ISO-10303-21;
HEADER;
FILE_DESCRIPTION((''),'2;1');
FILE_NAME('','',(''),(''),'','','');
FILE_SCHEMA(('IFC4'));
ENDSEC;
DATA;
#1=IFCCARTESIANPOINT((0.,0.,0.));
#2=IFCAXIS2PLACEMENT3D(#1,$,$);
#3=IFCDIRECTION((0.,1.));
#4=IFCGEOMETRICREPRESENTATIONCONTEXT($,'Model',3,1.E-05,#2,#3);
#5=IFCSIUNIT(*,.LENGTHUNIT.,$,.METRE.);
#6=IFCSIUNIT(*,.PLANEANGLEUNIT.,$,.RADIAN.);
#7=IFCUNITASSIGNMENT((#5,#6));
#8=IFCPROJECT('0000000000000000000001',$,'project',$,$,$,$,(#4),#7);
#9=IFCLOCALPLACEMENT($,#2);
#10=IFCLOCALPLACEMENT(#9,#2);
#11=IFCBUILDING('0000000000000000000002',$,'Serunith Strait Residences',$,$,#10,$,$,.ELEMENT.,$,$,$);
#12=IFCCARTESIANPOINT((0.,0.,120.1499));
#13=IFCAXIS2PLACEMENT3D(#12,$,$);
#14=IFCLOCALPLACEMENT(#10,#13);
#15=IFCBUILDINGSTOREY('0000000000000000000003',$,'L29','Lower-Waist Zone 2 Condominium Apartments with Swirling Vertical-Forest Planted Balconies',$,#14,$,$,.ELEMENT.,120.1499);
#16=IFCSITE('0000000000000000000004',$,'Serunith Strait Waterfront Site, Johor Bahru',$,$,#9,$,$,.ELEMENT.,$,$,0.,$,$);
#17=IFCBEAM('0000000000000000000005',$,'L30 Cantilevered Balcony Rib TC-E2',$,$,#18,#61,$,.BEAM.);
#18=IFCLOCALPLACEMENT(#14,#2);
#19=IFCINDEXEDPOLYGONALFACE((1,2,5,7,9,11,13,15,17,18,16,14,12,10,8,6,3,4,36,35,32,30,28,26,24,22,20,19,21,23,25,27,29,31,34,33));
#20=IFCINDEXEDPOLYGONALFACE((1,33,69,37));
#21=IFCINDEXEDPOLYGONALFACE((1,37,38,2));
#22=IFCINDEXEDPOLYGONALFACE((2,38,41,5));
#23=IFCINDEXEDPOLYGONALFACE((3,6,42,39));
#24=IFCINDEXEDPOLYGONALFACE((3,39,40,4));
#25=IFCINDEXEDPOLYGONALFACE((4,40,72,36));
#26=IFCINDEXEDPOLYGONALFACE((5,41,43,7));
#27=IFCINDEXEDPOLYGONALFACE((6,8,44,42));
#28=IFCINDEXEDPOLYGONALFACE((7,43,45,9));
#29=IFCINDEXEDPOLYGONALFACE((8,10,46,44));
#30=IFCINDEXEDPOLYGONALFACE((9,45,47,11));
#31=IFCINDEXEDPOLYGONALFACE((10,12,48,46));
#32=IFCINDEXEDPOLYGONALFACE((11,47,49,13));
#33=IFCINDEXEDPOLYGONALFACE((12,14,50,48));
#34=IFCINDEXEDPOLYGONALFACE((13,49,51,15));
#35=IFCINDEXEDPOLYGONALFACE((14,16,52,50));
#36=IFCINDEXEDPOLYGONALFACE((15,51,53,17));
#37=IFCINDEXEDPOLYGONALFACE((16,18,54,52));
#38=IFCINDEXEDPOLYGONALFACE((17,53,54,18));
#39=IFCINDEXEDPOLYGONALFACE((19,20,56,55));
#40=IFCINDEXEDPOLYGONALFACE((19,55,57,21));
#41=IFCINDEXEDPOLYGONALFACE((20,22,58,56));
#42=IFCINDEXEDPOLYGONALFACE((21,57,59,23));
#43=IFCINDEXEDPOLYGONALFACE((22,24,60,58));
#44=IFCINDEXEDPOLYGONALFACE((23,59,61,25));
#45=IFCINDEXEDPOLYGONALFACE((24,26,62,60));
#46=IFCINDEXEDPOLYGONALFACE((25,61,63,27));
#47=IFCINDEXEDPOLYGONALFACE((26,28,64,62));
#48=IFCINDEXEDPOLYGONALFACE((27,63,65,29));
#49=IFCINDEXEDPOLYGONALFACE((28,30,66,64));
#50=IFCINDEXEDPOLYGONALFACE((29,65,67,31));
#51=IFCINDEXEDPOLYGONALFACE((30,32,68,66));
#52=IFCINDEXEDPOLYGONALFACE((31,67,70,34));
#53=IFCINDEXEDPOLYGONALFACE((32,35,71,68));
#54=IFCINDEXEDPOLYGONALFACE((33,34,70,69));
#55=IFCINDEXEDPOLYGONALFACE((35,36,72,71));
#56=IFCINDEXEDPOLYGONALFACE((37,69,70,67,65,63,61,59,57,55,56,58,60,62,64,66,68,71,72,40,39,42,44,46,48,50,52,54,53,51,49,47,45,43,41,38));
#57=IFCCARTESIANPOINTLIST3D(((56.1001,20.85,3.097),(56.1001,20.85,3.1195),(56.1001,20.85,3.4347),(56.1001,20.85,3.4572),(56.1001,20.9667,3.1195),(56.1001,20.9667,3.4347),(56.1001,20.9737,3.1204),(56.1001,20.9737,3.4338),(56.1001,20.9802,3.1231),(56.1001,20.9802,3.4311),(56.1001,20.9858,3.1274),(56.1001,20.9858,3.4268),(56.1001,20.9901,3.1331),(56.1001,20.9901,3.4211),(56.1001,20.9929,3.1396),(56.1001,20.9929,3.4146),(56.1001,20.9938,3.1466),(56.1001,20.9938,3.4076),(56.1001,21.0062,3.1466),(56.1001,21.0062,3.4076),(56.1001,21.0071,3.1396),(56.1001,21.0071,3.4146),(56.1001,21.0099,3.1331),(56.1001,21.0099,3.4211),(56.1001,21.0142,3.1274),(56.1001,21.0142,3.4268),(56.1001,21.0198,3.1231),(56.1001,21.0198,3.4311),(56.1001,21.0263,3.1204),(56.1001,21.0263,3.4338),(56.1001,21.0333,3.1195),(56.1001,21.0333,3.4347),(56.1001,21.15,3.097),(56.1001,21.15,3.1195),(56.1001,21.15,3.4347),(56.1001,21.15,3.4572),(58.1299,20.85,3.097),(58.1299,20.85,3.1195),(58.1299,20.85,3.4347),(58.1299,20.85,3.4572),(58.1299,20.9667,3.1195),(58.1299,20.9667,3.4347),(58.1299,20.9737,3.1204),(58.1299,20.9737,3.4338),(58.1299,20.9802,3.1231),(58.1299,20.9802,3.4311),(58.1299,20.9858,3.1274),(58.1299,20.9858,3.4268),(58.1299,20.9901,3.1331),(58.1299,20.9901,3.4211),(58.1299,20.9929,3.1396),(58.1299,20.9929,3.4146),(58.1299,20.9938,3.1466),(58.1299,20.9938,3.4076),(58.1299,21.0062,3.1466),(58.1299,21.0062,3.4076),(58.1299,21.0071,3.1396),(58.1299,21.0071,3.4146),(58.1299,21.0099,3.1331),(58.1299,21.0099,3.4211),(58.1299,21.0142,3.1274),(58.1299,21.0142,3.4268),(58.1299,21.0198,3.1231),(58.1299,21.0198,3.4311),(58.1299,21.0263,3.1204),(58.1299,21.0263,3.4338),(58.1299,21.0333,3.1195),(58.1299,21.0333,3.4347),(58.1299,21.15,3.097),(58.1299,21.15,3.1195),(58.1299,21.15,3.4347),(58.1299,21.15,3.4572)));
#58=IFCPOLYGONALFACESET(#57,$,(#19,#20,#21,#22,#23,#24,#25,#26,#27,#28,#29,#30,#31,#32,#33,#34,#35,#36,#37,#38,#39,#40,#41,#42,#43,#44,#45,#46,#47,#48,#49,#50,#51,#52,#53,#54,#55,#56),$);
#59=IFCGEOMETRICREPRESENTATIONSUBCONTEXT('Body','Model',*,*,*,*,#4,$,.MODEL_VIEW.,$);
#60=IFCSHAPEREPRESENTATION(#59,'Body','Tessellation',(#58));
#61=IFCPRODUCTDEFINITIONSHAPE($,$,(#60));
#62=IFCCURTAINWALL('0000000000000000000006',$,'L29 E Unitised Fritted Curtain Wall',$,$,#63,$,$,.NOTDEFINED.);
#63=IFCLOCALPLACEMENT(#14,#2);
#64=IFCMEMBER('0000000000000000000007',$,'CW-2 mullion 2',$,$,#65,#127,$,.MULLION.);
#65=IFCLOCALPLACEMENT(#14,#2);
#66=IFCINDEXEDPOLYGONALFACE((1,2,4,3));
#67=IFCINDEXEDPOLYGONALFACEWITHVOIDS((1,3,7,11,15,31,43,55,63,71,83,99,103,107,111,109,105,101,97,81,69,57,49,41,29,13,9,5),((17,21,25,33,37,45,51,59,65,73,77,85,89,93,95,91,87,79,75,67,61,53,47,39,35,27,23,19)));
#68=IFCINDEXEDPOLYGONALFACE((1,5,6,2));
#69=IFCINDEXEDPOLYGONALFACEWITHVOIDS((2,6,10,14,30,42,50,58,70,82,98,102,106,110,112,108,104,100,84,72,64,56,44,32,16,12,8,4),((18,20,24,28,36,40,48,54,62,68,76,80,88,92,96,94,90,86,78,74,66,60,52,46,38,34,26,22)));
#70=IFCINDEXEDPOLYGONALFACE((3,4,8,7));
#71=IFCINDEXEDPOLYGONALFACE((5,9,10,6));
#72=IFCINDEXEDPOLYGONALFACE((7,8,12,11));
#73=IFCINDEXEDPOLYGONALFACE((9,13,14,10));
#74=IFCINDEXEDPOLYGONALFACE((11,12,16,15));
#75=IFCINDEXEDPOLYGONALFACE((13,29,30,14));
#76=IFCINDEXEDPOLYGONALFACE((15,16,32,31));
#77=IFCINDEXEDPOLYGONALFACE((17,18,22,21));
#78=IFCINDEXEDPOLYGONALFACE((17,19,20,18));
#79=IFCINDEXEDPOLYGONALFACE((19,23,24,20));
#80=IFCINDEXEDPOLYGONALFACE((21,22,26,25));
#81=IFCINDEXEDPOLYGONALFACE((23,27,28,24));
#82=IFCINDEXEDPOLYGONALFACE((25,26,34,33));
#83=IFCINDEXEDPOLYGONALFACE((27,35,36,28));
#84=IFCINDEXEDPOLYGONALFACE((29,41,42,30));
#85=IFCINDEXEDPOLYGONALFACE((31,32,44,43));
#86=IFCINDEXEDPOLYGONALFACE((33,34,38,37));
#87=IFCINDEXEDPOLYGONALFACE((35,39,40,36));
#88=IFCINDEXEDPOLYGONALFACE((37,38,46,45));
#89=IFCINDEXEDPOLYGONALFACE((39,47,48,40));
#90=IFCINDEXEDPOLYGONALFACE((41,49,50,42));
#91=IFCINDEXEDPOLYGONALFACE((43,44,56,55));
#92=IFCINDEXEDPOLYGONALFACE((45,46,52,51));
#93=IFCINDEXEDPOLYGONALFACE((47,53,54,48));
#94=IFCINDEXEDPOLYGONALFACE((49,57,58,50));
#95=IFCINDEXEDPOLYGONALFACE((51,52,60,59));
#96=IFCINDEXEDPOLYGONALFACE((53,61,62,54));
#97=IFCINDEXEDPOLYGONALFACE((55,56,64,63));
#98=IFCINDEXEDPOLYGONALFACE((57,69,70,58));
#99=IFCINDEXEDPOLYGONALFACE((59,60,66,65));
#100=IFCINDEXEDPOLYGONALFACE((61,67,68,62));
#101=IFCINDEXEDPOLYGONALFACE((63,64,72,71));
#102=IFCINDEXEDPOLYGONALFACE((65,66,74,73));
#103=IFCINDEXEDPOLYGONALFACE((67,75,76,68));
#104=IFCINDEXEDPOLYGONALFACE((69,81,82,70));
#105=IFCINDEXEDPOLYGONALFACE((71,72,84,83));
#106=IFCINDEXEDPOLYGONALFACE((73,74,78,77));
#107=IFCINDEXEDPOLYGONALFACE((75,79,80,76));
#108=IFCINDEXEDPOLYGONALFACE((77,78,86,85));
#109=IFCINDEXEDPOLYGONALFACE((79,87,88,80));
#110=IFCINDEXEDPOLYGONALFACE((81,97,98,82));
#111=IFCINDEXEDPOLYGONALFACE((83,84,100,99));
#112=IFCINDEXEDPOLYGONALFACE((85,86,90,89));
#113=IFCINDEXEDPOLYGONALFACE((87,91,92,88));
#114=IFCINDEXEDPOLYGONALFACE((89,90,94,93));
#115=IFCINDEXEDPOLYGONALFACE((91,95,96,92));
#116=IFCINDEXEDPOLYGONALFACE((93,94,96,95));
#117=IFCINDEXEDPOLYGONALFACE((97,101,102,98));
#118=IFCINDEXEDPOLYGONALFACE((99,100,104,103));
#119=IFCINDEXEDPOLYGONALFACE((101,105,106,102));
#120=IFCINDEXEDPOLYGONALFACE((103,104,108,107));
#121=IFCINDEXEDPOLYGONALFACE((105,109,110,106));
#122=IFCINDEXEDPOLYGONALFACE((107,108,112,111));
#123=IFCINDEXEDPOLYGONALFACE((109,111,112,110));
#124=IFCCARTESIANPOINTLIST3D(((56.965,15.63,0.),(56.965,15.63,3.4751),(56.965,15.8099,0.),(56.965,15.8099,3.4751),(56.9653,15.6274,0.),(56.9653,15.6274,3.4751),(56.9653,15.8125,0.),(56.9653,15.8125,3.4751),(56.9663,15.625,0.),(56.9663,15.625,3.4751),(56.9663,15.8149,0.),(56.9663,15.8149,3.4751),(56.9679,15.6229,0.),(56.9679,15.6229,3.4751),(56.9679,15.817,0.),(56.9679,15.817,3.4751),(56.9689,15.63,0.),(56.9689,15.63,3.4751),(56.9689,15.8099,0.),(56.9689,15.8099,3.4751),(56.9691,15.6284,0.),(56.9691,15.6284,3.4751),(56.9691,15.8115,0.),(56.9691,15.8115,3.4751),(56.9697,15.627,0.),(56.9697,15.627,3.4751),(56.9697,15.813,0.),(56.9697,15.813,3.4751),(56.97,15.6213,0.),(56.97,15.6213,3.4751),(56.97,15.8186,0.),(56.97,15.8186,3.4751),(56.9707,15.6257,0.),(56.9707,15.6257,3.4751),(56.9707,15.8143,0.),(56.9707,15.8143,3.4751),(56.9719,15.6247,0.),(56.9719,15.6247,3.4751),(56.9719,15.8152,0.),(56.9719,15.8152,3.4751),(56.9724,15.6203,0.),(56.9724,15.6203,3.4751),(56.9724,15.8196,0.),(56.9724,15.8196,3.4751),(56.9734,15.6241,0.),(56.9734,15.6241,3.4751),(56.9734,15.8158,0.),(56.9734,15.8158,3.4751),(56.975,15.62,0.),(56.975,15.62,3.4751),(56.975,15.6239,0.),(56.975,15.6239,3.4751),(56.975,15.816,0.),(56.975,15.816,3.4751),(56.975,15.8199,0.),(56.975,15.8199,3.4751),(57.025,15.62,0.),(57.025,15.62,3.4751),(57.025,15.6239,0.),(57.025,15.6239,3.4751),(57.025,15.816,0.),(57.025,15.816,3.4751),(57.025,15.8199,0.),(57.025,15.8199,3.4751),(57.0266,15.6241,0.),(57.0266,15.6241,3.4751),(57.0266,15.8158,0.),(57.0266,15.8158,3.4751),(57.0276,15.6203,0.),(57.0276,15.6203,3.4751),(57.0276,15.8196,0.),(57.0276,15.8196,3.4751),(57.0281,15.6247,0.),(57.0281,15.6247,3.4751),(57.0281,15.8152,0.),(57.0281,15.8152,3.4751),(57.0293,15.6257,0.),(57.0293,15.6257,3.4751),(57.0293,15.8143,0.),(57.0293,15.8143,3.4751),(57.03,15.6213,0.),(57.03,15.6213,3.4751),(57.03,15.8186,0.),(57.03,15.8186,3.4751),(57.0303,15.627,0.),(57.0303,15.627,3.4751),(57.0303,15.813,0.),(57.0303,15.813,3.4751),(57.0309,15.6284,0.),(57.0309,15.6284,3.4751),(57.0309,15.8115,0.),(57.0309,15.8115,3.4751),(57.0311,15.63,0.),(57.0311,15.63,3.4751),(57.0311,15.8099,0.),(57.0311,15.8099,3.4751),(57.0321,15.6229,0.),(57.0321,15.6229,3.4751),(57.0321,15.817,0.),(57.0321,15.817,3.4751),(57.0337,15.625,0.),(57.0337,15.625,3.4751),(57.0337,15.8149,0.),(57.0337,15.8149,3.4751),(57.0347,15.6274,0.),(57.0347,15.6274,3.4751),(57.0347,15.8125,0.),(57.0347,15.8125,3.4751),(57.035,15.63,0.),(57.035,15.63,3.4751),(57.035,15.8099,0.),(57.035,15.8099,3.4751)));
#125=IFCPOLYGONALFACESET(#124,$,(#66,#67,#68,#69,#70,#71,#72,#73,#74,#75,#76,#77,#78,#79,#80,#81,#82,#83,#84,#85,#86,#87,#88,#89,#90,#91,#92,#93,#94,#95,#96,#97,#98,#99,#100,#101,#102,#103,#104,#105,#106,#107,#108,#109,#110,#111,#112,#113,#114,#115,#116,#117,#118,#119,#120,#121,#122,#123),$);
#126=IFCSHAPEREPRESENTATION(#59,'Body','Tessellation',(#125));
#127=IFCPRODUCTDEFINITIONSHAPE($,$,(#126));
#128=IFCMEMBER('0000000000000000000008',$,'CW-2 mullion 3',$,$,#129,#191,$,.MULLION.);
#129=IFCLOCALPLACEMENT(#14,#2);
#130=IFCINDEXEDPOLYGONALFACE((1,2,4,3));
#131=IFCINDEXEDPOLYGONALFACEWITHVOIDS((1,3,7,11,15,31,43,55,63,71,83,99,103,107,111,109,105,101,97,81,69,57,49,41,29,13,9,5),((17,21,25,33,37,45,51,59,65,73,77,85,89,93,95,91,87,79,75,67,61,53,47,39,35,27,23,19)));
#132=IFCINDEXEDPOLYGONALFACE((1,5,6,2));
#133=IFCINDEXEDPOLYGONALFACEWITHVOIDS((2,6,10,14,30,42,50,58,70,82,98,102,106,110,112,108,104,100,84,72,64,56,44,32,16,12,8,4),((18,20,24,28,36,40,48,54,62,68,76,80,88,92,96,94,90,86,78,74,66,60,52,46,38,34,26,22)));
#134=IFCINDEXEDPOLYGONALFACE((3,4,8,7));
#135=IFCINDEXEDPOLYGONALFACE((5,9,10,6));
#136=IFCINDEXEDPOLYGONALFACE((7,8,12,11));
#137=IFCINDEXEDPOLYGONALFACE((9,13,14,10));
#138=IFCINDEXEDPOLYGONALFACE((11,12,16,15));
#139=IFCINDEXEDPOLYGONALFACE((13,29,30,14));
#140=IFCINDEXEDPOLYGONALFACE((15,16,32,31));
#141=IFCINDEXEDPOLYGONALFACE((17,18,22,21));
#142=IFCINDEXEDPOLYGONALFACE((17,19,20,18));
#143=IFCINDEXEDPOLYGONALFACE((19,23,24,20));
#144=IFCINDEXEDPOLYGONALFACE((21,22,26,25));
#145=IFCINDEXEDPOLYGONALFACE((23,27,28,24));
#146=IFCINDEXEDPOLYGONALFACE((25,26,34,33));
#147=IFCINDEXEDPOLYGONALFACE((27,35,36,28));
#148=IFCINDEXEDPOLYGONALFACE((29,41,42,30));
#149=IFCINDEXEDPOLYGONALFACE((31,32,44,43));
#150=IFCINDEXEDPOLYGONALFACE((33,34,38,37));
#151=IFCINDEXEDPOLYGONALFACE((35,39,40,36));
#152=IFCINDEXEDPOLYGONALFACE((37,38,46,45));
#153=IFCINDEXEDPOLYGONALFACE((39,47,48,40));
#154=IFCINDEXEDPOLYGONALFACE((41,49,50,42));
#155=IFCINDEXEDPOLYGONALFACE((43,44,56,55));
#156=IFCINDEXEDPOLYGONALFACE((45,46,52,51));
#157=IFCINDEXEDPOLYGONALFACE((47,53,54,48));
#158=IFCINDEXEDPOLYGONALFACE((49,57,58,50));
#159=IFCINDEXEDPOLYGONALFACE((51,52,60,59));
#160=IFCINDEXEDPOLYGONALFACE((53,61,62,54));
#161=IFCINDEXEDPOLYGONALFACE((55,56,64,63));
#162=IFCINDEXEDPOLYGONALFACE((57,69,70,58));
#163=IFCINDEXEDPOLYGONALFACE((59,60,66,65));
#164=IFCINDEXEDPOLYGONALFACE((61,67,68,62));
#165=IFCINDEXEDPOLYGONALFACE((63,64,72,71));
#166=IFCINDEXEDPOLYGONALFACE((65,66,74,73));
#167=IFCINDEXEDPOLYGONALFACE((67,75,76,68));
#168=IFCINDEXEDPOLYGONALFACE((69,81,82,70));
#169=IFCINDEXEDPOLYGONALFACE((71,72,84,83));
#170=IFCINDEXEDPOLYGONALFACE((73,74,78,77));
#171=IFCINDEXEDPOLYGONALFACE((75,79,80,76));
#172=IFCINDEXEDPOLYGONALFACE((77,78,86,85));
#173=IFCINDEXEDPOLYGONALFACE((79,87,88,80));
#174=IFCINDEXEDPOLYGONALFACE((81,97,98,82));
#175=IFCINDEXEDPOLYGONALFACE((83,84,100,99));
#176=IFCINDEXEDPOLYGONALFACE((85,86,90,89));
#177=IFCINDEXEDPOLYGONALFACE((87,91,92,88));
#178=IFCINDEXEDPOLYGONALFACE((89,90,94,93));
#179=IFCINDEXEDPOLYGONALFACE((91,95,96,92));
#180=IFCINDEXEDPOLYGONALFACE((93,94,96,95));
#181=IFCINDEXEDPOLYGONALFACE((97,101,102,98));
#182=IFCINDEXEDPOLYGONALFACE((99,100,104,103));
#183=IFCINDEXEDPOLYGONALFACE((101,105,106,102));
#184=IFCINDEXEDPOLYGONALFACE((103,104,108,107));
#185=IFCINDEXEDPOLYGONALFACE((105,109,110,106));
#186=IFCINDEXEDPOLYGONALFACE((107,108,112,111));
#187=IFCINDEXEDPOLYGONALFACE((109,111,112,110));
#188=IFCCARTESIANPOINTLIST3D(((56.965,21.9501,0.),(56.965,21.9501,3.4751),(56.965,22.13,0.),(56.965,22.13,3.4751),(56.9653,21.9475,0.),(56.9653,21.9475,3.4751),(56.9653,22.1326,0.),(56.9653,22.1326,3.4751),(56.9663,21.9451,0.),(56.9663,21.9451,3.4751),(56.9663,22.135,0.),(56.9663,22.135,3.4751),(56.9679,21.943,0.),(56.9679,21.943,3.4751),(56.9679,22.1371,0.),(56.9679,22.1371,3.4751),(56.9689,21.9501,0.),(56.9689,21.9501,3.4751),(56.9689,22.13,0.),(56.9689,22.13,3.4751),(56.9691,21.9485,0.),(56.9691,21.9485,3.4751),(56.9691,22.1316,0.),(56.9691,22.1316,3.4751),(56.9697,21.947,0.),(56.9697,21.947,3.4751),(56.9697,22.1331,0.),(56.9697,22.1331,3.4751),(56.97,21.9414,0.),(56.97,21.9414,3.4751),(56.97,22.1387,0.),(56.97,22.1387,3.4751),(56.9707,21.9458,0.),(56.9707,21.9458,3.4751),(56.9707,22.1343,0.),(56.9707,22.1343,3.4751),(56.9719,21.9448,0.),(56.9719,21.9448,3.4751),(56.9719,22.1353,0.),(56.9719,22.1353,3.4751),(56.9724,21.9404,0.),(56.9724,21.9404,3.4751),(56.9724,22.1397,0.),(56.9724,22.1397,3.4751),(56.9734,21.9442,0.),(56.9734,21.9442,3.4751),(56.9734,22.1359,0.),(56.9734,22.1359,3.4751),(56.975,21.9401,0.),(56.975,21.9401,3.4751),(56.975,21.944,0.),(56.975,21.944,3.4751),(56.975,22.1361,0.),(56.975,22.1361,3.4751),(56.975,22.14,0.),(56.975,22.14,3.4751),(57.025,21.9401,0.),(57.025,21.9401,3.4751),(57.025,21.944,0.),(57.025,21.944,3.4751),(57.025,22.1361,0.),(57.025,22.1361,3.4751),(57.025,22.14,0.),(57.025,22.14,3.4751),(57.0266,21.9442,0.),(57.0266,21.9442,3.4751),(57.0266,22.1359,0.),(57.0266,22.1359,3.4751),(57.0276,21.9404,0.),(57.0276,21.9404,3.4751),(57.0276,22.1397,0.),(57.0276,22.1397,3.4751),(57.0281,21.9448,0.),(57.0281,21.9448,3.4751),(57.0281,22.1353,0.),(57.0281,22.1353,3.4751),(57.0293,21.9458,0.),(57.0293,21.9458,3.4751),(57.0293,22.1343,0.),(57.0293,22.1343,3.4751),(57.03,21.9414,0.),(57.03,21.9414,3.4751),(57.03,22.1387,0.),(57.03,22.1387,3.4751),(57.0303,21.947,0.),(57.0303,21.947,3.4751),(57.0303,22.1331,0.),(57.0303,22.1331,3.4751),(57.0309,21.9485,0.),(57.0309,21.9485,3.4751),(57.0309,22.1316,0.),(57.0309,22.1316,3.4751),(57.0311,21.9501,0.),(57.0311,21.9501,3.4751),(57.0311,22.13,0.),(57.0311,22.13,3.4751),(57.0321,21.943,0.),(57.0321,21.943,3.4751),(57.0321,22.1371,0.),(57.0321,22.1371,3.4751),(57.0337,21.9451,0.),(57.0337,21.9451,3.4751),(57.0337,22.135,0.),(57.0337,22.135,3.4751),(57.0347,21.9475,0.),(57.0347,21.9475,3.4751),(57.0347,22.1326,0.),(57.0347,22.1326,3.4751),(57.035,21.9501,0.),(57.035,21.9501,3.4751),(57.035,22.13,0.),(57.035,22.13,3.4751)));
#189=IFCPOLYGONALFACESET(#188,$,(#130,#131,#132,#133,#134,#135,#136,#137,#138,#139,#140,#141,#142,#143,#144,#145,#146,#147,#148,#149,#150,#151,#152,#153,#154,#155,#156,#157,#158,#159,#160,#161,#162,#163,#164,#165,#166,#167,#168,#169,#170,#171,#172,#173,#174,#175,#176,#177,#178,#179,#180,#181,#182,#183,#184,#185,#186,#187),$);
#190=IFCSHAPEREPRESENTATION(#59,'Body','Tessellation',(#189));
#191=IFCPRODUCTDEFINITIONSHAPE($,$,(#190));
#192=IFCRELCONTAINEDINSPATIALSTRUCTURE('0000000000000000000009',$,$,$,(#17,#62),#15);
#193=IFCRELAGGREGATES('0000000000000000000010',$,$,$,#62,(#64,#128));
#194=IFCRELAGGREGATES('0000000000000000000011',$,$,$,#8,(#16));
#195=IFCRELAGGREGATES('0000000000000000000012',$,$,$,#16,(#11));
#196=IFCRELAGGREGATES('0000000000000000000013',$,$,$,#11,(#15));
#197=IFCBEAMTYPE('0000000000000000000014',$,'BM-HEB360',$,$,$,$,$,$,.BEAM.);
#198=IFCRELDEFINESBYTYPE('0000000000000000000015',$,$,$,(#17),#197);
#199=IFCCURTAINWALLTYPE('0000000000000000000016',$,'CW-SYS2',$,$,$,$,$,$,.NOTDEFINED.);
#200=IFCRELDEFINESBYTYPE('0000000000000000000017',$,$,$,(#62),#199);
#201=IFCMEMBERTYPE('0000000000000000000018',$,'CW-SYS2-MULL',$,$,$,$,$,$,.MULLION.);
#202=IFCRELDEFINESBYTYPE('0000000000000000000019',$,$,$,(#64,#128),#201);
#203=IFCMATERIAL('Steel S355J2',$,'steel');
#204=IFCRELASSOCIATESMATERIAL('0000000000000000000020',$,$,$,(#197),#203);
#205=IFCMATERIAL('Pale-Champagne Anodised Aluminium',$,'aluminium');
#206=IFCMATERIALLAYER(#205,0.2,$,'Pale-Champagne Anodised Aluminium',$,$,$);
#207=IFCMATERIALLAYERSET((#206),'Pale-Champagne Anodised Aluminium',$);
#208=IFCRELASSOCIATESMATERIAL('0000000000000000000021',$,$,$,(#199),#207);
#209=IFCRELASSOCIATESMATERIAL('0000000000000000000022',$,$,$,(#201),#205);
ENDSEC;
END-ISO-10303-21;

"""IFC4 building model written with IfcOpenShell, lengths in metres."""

from ifc_helpers import new_model, si_unit, direction, frame, origin, origin_2d, place, context, subcontext, project, spatial, hollow_rectangle, i_section, extrude, source, transform, mapped, material, layer, layer_set, material_profile, profile_set, type_object, element, aggregate, save


model = new_model("IFC4")

# Units and contexts
model_context = context("Model", 3, precision=1e-05, world=origin(), true_north=direction((0.0, 1.0)))
body_context = subcontext(model_context, "Body", "Model", "MODEL_VIEW")
ifc_project = project(units=[si_unit("LENGTHUNIT", "METRE"), si_unit("PLANEANGLEUNIT", "RADIAN")], contexts=[model_context])

# Site, building, storey
site_placement = place(None, origin())
site = spatial("IfcSite", under=ifc_project, at=site_placement, Name="Serunith Strait Waterfront Site, Johor Bahru", CompositionType="ELEMENT", RefElevation=0.0)
building_placement = place(site_placement, origin())
building = spatial("IfcBuilding", under=site, at=building_placement, Name="Serunith Strait Residences", CompositionType="ELEMENT")
storey_placement = place(building_placement, frame((0.0, 0.0, 120.1499)))
storey = spatial("IfcBuildingStorey", under=building, at=storey_placement, Name="L29", Description="Lower-Waist Zone 2 Condominium Apartments with Swirling Vertical-Forest Planted Balconies", CompositionType="ELEMENT", Elevation=120.1499)

# Beam
ifc_material_1 = material(Name="Steel S355J2", Category="steel")
ifc_material_profile_1 = material_profile(ifc_material_1, i_section(OverallWidth=0.3, OverallDepth=0.3601, WebThickness=0.0125, FlangeThickness=0.0225, FilletRadius=0.0271, at=origin_2d()), Name="HEB 360")
ifc_profile_set_1 = profile_set([ifc_material_profile_1], Name="Steel S355J2")
beam_type_1 = type_object("IfcBeamType", Name="BM-HEB360", PredefinedType="BEAM", material=ifc_profile_set_1)
shared_shape_1 = source(origin(), body_context, "Body", "SweptSolid", [
    extrude(i_section(OverallWidth=0.3, OverallDepth=0.3601, WebThickness=0.0125, FlangeThickness=0.0225, FilletRadius=0.0271, at=origin_2d()), origin(), (0.0, 0.0, 1.0), 2.0298),
])
for number, where, z_axis, x_axis, name in (
    (1, (56.1001, 21.0, 3.2771), (1.0, 0.0, 0.0), (0.0, 1.0, 0.0), "L30 Cantilevered Balcony Rib TC-E2"),
):
    element("IfcBeam", number, at=place(storey_placement, frame(where, z_axis=z_axis, x_axis=x_axis)), inside=storey, type_object=beam_type_1, Name=name, PredefinedType="BEAM", context=body_context, shape_type="MappedRepresentation", body=[
        mapped(shared_shape_1, transform((0.0, 0.0, 0.0), scale=1.0)),
    ])

# Curtain wall, members
ifc_material_2 = material(Name="Pale-Champagne Anodised Aluminium", Category="aluminium")
ifc_layer_1 = layer(ifc_material_2, 0.2, Name="Pale-Champagne Anodised Aluminium")
ifc_layer_set_1 = layer_set([ifc_layer_1], Name="Pale-Champagne Anodised Aluminium")
curtain_wall_type = type_object("IfcCurtainWallType", Name="CW-SYS2", PredefinedType="NOTDEFINED", material=ifc_layer_set_1)
curtain_wall_placement = place(storey_placement, origin())
curtain_wall = element("IfcCurtainWall", 2, at=curtain_wall_placement, inside=storey, type_object=curtain_wall_type, Name="L29 E Unitised Fritted Curtain Wall", PredefinedType="NOTDEFINED")
ifc_material_profile_2 = material_profile(ifc_material_2, hollow_rectangle(XDim=0.0701, YDim=0.2, WallThickness=0.0039, InnerFilletRadius=0.0061, OuterFilletRadius=0.01, at=origin_2d()), Name="ALU 200x70x4")
ifc_profile_set_2 = profile_set([ifc_material_profile_2], Name="Pale-Champagne Anodised Aluminium")
member_type_1 = type_object("IfcMemberType", Name="CW-SYS2-MULL", PredefinedType="MULLION", material=ifc_profile_set_2)
shared_shape_2 = source(origin(), body_context, "Body", "SweptSolid", [
    extrude(hollow_rectangle(XDim=0.0701, YDim=0.2, WallThickness=0.0039, InnerFilletRadius=0.0061, OuterFilletRadius=0.01, at=origin_2d()), origin(), (0.0, 0.0, 1.0), 3.4751),
])
member_1_placement = place(storey_placement, frame((57.0, 15.72, 0.0), z_axis=(0.0, 0.0, 1.0), x_axis=(-1.0, 0.0, 0.0)))
member_1 = element("IfcMember", 3, at=member_1_placement, type_object=member_type_1, Name="CW-2 mullion 2", PredefinedType="MULLION", context=body_context, shape_type="MappedRepresentation", body=[
    mapped(shared_shape_2, transform((0.0, 0.0, 0.0), scale=1.0)),
])
member_2_placement = place(storey_placement, frame((57.0, 22.04, 0.0), z_axis=(0.0, 0.0, 1.0), x_axis=(-1.0, 0.0, 0.0)))
member_2 = element("IfcMember", 4, at=member_2_placement, type_object=member_type_1, Name="CW-2 mullion 3", PredefinedType="MULLION", context=body_context, shape_type="MappedRepresentation", body=[
    mapped(shared_shape_2, transform((0.0, 0.0, 0.0), scale=1.0)),
])
aggregate(curtain_wall, [member_1, member_2])

save(model, "model.ifc")
